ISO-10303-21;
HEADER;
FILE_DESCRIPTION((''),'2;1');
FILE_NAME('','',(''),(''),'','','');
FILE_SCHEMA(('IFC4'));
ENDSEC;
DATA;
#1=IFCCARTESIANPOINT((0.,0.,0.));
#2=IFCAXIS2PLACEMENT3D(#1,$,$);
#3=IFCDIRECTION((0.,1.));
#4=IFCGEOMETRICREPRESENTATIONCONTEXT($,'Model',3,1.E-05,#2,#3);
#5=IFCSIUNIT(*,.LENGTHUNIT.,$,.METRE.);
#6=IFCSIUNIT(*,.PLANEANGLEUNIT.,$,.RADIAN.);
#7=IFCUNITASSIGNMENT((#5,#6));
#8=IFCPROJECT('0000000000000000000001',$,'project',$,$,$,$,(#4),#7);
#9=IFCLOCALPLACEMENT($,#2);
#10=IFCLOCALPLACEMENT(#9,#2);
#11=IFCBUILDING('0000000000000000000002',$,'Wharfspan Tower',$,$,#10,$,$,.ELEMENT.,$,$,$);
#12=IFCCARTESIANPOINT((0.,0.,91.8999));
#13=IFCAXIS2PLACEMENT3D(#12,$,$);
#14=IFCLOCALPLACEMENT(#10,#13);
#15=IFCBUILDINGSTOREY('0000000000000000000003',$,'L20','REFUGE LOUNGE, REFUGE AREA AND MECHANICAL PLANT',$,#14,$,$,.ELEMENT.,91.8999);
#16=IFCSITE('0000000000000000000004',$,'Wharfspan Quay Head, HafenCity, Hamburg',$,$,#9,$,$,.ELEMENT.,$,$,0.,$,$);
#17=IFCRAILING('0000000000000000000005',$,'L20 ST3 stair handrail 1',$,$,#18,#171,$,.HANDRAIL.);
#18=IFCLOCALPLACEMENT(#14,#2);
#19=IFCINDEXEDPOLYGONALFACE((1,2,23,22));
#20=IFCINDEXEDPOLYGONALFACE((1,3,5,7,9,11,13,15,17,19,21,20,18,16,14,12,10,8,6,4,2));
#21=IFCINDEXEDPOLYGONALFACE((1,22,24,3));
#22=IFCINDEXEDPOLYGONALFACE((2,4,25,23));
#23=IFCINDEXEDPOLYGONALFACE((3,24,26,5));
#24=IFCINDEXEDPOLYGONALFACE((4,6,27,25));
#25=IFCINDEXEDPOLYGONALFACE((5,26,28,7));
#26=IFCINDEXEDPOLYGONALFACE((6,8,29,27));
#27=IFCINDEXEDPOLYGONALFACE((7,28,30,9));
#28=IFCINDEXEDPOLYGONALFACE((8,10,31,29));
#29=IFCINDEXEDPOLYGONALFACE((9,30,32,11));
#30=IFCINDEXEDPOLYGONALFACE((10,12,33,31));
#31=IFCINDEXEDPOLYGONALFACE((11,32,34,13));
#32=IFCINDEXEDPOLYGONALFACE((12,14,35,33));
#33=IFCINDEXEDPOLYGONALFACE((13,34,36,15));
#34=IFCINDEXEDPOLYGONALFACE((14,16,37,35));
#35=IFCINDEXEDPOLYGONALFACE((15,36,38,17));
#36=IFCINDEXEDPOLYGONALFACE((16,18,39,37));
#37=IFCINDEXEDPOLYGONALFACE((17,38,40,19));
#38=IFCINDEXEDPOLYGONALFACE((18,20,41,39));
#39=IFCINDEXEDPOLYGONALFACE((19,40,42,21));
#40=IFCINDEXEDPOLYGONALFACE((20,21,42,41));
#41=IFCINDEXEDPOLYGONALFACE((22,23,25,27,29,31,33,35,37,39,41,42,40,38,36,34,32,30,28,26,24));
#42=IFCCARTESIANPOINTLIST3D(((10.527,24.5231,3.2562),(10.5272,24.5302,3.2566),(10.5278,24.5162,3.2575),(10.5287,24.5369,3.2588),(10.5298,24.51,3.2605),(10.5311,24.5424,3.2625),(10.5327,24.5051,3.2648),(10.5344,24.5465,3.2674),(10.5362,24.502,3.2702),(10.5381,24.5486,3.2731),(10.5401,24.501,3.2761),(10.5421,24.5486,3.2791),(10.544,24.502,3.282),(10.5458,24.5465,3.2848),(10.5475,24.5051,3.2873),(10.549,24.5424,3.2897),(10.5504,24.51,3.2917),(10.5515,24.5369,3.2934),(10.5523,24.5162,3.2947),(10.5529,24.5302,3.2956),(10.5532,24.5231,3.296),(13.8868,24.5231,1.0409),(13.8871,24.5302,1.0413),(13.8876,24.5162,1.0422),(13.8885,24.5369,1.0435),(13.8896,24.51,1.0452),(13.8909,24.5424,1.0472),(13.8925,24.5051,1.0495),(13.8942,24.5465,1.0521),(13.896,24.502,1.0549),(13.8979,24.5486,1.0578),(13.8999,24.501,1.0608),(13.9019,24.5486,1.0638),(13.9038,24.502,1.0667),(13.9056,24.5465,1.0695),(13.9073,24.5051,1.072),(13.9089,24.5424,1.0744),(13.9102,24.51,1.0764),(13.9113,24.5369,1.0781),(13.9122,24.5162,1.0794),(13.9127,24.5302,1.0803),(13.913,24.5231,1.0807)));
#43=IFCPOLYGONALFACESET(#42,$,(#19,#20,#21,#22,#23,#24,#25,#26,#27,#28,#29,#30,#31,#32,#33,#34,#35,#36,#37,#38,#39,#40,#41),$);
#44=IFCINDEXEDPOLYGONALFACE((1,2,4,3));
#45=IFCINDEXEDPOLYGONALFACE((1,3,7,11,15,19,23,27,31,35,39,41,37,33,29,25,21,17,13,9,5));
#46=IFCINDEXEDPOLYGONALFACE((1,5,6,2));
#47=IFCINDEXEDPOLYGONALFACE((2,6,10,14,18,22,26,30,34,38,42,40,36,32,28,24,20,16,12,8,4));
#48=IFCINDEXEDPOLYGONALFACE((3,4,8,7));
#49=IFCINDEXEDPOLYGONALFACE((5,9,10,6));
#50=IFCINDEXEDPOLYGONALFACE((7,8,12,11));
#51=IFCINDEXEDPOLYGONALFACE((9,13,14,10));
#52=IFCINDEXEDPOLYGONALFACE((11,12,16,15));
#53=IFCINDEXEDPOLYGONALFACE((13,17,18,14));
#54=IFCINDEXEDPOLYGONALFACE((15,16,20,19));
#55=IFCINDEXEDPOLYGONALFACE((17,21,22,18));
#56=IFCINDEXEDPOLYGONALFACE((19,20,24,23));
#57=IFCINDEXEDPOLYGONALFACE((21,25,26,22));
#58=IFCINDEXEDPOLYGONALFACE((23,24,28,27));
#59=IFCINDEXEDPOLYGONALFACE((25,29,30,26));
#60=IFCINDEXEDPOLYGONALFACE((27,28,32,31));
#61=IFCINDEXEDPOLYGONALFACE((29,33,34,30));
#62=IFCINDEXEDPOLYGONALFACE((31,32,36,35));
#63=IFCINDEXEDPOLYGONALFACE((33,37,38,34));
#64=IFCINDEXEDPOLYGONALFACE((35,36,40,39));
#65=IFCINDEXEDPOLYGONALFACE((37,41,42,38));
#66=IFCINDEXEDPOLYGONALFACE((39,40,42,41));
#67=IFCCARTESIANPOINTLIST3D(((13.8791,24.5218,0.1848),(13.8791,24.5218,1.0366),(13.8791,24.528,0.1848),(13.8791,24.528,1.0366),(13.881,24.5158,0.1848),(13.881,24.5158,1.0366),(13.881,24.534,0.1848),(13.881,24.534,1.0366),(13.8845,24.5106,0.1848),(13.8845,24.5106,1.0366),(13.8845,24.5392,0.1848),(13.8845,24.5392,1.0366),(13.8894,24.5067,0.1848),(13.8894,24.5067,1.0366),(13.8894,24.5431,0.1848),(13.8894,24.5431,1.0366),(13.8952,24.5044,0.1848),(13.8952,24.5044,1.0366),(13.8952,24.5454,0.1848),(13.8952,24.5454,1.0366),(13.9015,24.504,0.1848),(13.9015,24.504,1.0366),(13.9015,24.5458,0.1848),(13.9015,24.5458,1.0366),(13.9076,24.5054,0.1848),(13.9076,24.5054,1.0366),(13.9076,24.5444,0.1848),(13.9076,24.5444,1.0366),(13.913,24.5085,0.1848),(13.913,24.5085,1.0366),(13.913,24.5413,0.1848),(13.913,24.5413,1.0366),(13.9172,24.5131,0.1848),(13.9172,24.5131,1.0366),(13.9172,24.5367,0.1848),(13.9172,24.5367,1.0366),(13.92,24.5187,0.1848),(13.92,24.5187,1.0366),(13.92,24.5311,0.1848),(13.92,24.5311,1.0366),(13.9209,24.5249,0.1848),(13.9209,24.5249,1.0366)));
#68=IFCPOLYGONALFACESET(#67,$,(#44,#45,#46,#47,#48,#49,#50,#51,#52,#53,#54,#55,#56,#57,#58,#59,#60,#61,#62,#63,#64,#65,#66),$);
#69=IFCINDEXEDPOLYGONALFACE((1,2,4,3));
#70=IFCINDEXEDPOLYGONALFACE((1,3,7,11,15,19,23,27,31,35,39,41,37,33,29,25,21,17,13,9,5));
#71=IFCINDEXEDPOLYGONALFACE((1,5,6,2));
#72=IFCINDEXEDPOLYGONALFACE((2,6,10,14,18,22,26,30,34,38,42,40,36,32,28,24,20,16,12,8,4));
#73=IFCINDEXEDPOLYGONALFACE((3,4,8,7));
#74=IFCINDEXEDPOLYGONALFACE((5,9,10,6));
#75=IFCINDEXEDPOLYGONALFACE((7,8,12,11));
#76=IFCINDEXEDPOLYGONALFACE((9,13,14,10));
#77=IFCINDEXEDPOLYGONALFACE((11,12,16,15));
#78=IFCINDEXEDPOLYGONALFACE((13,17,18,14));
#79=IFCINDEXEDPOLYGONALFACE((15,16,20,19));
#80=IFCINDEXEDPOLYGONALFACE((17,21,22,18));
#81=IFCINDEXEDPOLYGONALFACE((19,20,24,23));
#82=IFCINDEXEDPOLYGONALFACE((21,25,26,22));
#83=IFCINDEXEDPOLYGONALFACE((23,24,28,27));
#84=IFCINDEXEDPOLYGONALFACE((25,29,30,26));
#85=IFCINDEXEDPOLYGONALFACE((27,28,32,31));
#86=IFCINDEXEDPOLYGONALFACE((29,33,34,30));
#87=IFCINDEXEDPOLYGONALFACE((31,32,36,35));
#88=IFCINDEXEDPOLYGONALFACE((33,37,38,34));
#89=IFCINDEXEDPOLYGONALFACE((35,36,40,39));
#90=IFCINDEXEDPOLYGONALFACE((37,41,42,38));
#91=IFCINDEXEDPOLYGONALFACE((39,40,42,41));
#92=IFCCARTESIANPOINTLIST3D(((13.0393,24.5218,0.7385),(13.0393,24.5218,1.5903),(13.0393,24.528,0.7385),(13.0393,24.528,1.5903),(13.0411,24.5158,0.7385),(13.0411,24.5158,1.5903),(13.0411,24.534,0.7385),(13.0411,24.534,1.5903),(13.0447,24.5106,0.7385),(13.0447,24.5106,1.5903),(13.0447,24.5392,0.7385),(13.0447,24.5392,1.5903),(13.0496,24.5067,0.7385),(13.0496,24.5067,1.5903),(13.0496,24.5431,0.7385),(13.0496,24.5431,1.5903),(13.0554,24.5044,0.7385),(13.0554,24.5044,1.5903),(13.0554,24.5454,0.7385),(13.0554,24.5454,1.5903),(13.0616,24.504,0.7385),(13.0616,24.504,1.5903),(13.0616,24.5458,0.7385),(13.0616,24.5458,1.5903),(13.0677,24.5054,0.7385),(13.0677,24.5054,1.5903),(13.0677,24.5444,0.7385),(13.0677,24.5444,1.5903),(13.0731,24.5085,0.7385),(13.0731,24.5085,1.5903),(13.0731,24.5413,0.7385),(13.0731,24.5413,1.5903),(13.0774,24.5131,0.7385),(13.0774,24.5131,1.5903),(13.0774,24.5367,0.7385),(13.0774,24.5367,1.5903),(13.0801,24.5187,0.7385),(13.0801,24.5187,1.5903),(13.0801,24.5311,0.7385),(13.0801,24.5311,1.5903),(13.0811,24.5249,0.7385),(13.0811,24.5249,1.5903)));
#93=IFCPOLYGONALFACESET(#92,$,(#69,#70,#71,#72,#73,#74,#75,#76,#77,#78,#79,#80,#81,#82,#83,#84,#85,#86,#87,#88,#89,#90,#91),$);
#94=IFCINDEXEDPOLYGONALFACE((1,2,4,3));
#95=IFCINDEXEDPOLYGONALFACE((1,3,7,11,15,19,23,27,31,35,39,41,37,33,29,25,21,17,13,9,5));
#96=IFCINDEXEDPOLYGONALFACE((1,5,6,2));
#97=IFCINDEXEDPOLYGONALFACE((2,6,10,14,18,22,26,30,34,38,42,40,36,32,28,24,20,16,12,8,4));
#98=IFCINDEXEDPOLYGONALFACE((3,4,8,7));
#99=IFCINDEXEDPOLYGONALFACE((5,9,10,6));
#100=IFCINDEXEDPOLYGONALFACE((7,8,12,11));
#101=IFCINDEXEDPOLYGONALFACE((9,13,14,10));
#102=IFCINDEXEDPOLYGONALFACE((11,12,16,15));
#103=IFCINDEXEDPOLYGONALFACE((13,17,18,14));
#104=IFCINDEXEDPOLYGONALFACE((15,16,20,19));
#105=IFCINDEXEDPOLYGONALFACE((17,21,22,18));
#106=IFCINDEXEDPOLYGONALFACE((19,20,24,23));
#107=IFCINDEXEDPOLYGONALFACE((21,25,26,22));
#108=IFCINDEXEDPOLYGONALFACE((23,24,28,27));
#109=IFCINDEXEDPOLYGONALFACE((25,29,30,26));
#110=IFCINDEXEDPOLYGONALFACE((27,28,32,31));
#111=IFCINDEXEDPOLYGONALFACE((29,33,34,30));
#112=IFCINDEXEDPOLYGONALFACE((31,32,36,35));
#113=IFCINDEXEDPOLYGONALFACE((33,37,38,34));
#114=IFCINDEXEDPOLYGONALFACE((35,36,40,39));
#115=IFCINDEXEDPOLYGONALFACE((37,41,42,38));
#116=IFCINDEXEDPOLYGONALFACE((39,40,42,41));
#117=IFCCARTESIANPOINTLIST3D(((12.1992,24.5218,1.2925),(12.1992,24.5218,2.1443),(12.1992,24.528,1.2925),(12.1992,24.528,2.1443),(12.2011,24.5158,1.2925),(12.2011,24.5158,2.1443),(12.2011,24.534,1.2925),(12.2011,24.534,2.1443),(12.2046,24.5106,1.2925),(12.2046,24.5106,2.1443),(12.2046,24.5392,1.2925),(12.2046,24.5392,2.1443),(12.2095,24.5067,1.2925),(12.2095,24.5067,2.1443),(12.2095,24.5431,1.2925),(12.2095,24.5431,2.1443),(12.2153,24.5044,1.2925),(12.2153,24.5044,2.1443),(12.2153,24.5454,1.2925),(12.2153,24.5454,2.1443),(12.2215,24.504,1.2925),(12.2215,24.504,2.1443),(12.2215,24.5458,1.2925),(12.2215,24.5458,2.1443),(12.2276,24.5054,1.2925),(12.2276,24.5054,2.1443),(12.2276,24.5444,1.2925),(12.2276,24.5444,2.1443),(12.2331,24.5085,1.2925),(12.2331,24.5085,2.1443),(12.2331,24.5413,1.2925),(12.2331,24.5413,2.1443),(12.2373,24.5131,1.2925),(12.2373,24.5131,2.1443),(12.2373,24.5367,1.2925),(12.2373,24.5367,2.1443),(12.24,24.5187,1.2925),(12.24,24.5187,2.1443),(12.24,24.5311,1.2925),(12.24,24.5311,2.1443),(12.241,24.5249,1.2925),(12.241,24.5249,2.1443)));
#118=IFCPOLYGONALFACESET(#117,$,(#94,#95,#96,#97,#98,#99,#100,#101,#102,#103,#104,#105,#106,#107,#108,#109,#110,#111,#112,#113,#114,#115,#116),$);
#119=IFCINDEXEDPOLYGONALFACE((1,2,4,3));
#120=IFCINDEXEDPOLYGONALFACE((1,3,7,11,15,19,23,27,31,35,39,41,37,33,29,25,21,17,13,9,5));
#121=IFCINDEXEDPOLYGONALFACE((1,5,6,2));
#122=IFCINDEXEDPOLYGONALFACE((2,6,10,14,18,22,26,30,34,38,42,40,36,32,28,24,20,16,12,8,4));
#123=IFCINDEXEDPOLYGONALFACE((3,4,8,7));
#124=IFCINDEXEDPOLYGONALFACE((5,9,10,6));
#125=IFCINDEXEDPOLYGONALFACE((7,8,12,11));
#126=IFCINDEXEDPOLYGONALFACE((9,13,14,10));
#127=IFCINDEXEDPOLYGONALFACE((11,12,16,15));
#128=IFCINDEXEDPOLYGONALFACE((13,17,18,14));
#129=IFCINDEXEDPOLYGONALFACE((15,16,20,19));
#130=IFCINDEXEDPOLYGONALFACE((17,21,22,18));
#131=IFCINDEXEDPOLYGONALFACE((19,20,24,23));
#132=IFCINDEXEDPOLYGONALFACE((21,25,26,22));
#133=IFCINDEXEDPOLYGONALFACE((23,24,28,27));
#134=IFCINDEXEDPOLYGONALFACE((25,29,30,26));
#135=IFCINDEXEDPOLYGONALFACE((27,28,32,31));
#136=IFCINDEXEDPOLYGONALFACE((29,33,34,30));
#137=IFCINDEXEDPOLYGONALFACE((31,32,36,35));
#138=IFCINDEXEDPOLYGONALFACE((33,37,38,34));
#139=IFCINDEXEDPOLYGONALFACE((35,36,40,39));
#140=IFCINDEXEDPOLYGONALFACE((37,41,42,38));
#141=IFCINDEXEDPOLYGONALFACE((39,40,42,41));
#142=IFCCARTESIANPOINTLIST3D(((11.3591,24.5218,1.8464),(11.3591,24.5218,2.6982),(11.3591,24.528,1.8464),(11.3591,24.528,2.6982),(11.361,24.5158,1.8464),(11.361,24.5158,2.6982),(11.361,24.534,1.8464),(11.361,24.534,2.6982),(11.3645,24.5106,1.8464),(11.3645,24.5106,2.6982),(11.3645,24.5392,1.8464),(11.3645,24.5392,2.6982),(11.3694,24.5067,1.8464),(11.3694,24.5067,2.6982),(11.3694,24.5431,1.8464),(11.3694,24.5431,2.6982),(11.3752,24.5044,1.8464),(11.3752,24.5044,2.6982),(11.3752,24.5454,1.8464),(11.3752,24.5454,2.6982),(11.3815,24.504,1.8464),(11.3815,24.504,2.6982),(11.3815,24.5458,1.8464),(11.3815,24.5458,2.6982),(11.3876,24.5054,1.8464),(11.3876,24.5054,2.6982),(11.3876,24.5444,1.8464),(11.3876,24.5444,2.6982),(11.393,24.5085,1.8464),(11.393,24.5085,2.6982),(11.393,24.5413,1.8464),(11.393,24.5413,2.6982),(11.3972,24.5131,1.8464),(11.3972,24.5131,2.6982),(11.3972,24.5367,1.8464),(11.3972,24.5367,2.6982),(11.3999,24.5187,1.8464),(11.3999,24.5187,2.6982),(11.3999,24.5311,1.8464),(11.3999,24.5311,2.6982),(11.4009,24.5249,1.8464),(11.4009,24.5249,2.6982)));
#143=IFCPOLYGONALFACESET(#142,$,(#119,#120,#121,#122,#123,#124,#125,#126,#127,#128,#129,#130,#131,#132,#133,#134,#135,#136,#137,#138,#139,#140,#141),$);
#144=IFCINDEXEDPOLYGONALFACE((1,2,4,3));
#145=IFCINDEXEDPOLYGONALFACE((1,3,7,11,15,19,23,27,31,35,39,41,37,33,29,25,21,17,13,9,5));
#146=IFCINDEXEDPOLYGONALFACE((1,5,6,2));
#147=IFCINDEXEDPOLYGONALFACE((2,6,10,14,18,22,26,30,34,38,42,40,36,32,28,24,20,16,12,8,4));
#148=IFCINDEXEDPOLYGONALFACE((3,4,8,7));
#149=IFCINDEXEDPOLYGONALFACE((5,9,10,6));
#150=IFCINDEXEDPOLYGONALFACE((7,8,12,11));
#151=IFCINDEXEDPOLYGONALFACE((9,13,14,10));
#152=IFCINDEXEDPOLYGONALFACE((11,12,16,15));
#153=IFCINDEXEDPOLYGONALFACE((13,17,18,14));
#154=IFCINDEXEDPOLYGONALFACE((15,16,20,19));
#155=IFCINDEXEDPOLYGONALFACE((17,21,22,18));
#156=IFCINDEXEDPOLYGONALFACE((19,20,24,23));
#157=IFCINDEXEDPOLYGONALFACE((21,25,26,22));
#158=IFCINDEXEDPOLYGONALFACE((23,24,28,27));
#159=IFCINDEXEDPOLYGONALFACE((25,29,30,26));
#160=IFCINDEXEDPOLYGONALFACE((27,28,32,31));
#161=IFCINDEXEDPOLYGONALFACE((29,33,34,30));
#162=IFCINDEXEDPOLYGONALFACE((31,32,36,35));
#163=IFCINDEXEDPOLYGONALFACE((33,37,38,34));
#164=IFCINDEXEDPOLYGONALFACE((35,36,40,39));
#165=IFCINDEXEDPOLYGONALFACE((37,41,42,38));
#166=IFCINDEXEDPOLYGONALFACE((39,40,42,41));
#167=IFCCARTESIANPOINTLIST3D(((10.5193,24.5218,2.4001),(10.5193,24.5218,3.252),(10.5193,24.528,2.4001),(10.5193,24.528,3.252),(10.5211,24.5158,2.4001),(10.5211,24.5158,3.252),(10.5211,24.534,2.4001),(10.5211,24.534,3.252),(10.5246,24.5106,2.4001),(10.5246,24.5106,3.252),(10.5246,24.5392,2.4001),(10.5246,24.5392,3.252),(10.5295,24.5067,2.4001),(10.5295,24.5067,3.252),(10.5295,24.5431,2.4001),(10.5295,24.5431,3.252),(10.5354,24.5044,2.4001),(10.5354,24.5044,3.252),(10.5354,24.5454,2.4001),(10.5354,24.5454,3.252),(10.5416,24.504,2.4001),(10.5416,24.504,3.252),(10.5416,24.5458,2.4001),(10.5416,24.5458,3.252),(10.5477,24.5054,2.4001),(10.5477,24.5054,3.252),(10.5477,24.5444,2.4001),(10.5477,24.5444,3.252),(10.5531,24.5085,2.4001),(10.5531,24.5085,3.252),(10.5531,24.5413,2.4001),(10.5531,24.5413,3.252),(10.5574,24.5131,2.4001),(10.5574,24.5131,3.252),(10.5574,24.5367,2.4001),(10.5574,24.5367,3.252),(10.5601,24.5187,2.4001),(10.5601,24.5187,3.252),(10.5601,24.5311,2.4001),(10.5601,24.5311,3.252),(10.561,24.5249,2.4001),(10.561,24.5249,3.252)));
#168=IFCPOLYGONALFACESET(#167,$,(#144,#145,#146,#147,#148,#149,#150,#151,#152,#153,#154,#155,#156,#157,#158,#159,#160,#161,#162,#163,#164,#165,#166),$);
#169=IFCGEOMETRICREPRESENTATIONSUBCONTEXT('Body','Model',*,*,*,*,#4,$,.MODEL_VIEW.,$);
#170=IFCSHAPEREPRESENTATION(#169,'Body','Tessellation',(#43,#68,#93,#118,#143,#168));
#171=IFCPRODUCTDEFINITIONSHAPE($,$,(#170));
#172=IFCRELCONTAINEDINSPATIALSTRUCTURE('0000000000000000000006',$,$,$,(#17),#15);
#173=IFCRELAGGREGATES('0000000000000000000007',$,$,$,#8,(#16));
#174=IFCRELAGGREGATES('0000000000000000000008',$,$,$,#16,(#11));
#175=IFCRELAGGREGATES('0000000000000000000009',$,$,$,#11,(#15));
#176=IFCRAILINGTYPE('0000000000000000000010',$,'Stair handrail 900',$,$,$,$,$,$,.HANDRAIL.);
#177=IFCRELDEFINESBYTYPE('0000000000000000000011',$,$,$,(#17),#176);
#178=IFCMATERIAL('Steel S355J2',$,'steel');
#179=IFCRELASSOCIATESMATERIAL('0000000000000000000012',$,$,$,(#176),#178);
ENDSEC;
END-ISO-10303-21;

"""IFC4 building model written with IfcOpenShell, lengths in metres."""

from ifc_helpers import new_model, si_unit, direction, frame, origin, origin_2d, place, context, subcontext, project, spatial, circle, extrude, material, type_object, element, save


model = new_model("IFC4")

# Units and contexts
model_context = context("Model", 3, precision=1e-05, world=origin(), true_north=direction((0.0, 1.0)))
body_context = subcontext(model_context, "Body", "Model", "MODEL_VIEW")
ifc_project = project(units=[si_unit("LENGTHUNIT", "METRE"), si_unit("PLANEANGLEUNIT", "RADIAN")], contexts=[model_context])

# Site, building, storey
site_placement = place(None, origin())
site = spatial("IfcSite", under=ifc_project, at=site_placement, Name="Wharfspan Quay Head, HafenCity, Hamburg", CompositionType="ELEMENT", RefElevation=0.0)
building_placement = place(site_placement, origin())
building = spatial("IfcBuilding", under=site, at=building_placement, Name="Wharfspan Tower", CompositionType="ELEMENT")
storey_placement = place(building_placement, frame((0.0, 0.0, 91.8999)))
storey = spatial("IfcBuildingStorey", under=building, at=storey_placement, Name="L20", Description="REFUGE LOUNGE, REFUGE AREA AND MECHANICAL PLANT", CompositionType="ELEMENT", Elevation=91.8999)

# Railing
ifc_material_1 = material(Name="Steel S355J2", Category="steel")
railing_type_1 = type_object("IfcRailingType", Name="Stair handrail 900", PredefinedType="HANDRAIL", material=ifc_material_1)
railing_1_placement = place(storey_placement, frame((13.8999, 24.5249, 0.1848)))
element("IfcRailing", 1, at=railing_1_placement, inside=storey, type_object=railing_type_1, Name="L20 ST3 stair handrail 1", PredefinedType="HANDRAIL", context=body_context, shape_type="SweptSolid", body=[
    extrude(circle(Radius=0.0239, at=origin_2d()), frame((0.0, 0.0, 0.876), z_axis=(-0.834858, 0.0, 0.550465), x_axis=(0.0, -1.0, 0.0)), (0.0, 0.0, 1.0), 4.0244),
    extrude(circle(Radius=0.021, at=origin_2d()), origin(), (0.0, 0.0, 1.0), 0.8518),
    extrude(circle(Radius=0.021, at=origin_2d()), frame((-0.8398, 0.0, 0.5537)), (0.0, 0.0, 1.0), 0.8518),
    extrude(circle(Radius=0.021, at=origin_2d()), frame((-1.6799, 0.0, 1.1077)), (0.0, 0.0, 1.0), 0.8518),
    extrude(circle(Radius=0.021, at=origin_2d()), frame((-2.52, 0.0, 1.6616)), (0.0, 0.0, 1.0), 0.8518),
    extrude(circle(Radius=0.021, at=origin_2d()), frame((-3.3599, 0.0, 2.2153)), (0.0, 0.0, 1.0), 0.8518),
])

save(model, "model.ifc")
